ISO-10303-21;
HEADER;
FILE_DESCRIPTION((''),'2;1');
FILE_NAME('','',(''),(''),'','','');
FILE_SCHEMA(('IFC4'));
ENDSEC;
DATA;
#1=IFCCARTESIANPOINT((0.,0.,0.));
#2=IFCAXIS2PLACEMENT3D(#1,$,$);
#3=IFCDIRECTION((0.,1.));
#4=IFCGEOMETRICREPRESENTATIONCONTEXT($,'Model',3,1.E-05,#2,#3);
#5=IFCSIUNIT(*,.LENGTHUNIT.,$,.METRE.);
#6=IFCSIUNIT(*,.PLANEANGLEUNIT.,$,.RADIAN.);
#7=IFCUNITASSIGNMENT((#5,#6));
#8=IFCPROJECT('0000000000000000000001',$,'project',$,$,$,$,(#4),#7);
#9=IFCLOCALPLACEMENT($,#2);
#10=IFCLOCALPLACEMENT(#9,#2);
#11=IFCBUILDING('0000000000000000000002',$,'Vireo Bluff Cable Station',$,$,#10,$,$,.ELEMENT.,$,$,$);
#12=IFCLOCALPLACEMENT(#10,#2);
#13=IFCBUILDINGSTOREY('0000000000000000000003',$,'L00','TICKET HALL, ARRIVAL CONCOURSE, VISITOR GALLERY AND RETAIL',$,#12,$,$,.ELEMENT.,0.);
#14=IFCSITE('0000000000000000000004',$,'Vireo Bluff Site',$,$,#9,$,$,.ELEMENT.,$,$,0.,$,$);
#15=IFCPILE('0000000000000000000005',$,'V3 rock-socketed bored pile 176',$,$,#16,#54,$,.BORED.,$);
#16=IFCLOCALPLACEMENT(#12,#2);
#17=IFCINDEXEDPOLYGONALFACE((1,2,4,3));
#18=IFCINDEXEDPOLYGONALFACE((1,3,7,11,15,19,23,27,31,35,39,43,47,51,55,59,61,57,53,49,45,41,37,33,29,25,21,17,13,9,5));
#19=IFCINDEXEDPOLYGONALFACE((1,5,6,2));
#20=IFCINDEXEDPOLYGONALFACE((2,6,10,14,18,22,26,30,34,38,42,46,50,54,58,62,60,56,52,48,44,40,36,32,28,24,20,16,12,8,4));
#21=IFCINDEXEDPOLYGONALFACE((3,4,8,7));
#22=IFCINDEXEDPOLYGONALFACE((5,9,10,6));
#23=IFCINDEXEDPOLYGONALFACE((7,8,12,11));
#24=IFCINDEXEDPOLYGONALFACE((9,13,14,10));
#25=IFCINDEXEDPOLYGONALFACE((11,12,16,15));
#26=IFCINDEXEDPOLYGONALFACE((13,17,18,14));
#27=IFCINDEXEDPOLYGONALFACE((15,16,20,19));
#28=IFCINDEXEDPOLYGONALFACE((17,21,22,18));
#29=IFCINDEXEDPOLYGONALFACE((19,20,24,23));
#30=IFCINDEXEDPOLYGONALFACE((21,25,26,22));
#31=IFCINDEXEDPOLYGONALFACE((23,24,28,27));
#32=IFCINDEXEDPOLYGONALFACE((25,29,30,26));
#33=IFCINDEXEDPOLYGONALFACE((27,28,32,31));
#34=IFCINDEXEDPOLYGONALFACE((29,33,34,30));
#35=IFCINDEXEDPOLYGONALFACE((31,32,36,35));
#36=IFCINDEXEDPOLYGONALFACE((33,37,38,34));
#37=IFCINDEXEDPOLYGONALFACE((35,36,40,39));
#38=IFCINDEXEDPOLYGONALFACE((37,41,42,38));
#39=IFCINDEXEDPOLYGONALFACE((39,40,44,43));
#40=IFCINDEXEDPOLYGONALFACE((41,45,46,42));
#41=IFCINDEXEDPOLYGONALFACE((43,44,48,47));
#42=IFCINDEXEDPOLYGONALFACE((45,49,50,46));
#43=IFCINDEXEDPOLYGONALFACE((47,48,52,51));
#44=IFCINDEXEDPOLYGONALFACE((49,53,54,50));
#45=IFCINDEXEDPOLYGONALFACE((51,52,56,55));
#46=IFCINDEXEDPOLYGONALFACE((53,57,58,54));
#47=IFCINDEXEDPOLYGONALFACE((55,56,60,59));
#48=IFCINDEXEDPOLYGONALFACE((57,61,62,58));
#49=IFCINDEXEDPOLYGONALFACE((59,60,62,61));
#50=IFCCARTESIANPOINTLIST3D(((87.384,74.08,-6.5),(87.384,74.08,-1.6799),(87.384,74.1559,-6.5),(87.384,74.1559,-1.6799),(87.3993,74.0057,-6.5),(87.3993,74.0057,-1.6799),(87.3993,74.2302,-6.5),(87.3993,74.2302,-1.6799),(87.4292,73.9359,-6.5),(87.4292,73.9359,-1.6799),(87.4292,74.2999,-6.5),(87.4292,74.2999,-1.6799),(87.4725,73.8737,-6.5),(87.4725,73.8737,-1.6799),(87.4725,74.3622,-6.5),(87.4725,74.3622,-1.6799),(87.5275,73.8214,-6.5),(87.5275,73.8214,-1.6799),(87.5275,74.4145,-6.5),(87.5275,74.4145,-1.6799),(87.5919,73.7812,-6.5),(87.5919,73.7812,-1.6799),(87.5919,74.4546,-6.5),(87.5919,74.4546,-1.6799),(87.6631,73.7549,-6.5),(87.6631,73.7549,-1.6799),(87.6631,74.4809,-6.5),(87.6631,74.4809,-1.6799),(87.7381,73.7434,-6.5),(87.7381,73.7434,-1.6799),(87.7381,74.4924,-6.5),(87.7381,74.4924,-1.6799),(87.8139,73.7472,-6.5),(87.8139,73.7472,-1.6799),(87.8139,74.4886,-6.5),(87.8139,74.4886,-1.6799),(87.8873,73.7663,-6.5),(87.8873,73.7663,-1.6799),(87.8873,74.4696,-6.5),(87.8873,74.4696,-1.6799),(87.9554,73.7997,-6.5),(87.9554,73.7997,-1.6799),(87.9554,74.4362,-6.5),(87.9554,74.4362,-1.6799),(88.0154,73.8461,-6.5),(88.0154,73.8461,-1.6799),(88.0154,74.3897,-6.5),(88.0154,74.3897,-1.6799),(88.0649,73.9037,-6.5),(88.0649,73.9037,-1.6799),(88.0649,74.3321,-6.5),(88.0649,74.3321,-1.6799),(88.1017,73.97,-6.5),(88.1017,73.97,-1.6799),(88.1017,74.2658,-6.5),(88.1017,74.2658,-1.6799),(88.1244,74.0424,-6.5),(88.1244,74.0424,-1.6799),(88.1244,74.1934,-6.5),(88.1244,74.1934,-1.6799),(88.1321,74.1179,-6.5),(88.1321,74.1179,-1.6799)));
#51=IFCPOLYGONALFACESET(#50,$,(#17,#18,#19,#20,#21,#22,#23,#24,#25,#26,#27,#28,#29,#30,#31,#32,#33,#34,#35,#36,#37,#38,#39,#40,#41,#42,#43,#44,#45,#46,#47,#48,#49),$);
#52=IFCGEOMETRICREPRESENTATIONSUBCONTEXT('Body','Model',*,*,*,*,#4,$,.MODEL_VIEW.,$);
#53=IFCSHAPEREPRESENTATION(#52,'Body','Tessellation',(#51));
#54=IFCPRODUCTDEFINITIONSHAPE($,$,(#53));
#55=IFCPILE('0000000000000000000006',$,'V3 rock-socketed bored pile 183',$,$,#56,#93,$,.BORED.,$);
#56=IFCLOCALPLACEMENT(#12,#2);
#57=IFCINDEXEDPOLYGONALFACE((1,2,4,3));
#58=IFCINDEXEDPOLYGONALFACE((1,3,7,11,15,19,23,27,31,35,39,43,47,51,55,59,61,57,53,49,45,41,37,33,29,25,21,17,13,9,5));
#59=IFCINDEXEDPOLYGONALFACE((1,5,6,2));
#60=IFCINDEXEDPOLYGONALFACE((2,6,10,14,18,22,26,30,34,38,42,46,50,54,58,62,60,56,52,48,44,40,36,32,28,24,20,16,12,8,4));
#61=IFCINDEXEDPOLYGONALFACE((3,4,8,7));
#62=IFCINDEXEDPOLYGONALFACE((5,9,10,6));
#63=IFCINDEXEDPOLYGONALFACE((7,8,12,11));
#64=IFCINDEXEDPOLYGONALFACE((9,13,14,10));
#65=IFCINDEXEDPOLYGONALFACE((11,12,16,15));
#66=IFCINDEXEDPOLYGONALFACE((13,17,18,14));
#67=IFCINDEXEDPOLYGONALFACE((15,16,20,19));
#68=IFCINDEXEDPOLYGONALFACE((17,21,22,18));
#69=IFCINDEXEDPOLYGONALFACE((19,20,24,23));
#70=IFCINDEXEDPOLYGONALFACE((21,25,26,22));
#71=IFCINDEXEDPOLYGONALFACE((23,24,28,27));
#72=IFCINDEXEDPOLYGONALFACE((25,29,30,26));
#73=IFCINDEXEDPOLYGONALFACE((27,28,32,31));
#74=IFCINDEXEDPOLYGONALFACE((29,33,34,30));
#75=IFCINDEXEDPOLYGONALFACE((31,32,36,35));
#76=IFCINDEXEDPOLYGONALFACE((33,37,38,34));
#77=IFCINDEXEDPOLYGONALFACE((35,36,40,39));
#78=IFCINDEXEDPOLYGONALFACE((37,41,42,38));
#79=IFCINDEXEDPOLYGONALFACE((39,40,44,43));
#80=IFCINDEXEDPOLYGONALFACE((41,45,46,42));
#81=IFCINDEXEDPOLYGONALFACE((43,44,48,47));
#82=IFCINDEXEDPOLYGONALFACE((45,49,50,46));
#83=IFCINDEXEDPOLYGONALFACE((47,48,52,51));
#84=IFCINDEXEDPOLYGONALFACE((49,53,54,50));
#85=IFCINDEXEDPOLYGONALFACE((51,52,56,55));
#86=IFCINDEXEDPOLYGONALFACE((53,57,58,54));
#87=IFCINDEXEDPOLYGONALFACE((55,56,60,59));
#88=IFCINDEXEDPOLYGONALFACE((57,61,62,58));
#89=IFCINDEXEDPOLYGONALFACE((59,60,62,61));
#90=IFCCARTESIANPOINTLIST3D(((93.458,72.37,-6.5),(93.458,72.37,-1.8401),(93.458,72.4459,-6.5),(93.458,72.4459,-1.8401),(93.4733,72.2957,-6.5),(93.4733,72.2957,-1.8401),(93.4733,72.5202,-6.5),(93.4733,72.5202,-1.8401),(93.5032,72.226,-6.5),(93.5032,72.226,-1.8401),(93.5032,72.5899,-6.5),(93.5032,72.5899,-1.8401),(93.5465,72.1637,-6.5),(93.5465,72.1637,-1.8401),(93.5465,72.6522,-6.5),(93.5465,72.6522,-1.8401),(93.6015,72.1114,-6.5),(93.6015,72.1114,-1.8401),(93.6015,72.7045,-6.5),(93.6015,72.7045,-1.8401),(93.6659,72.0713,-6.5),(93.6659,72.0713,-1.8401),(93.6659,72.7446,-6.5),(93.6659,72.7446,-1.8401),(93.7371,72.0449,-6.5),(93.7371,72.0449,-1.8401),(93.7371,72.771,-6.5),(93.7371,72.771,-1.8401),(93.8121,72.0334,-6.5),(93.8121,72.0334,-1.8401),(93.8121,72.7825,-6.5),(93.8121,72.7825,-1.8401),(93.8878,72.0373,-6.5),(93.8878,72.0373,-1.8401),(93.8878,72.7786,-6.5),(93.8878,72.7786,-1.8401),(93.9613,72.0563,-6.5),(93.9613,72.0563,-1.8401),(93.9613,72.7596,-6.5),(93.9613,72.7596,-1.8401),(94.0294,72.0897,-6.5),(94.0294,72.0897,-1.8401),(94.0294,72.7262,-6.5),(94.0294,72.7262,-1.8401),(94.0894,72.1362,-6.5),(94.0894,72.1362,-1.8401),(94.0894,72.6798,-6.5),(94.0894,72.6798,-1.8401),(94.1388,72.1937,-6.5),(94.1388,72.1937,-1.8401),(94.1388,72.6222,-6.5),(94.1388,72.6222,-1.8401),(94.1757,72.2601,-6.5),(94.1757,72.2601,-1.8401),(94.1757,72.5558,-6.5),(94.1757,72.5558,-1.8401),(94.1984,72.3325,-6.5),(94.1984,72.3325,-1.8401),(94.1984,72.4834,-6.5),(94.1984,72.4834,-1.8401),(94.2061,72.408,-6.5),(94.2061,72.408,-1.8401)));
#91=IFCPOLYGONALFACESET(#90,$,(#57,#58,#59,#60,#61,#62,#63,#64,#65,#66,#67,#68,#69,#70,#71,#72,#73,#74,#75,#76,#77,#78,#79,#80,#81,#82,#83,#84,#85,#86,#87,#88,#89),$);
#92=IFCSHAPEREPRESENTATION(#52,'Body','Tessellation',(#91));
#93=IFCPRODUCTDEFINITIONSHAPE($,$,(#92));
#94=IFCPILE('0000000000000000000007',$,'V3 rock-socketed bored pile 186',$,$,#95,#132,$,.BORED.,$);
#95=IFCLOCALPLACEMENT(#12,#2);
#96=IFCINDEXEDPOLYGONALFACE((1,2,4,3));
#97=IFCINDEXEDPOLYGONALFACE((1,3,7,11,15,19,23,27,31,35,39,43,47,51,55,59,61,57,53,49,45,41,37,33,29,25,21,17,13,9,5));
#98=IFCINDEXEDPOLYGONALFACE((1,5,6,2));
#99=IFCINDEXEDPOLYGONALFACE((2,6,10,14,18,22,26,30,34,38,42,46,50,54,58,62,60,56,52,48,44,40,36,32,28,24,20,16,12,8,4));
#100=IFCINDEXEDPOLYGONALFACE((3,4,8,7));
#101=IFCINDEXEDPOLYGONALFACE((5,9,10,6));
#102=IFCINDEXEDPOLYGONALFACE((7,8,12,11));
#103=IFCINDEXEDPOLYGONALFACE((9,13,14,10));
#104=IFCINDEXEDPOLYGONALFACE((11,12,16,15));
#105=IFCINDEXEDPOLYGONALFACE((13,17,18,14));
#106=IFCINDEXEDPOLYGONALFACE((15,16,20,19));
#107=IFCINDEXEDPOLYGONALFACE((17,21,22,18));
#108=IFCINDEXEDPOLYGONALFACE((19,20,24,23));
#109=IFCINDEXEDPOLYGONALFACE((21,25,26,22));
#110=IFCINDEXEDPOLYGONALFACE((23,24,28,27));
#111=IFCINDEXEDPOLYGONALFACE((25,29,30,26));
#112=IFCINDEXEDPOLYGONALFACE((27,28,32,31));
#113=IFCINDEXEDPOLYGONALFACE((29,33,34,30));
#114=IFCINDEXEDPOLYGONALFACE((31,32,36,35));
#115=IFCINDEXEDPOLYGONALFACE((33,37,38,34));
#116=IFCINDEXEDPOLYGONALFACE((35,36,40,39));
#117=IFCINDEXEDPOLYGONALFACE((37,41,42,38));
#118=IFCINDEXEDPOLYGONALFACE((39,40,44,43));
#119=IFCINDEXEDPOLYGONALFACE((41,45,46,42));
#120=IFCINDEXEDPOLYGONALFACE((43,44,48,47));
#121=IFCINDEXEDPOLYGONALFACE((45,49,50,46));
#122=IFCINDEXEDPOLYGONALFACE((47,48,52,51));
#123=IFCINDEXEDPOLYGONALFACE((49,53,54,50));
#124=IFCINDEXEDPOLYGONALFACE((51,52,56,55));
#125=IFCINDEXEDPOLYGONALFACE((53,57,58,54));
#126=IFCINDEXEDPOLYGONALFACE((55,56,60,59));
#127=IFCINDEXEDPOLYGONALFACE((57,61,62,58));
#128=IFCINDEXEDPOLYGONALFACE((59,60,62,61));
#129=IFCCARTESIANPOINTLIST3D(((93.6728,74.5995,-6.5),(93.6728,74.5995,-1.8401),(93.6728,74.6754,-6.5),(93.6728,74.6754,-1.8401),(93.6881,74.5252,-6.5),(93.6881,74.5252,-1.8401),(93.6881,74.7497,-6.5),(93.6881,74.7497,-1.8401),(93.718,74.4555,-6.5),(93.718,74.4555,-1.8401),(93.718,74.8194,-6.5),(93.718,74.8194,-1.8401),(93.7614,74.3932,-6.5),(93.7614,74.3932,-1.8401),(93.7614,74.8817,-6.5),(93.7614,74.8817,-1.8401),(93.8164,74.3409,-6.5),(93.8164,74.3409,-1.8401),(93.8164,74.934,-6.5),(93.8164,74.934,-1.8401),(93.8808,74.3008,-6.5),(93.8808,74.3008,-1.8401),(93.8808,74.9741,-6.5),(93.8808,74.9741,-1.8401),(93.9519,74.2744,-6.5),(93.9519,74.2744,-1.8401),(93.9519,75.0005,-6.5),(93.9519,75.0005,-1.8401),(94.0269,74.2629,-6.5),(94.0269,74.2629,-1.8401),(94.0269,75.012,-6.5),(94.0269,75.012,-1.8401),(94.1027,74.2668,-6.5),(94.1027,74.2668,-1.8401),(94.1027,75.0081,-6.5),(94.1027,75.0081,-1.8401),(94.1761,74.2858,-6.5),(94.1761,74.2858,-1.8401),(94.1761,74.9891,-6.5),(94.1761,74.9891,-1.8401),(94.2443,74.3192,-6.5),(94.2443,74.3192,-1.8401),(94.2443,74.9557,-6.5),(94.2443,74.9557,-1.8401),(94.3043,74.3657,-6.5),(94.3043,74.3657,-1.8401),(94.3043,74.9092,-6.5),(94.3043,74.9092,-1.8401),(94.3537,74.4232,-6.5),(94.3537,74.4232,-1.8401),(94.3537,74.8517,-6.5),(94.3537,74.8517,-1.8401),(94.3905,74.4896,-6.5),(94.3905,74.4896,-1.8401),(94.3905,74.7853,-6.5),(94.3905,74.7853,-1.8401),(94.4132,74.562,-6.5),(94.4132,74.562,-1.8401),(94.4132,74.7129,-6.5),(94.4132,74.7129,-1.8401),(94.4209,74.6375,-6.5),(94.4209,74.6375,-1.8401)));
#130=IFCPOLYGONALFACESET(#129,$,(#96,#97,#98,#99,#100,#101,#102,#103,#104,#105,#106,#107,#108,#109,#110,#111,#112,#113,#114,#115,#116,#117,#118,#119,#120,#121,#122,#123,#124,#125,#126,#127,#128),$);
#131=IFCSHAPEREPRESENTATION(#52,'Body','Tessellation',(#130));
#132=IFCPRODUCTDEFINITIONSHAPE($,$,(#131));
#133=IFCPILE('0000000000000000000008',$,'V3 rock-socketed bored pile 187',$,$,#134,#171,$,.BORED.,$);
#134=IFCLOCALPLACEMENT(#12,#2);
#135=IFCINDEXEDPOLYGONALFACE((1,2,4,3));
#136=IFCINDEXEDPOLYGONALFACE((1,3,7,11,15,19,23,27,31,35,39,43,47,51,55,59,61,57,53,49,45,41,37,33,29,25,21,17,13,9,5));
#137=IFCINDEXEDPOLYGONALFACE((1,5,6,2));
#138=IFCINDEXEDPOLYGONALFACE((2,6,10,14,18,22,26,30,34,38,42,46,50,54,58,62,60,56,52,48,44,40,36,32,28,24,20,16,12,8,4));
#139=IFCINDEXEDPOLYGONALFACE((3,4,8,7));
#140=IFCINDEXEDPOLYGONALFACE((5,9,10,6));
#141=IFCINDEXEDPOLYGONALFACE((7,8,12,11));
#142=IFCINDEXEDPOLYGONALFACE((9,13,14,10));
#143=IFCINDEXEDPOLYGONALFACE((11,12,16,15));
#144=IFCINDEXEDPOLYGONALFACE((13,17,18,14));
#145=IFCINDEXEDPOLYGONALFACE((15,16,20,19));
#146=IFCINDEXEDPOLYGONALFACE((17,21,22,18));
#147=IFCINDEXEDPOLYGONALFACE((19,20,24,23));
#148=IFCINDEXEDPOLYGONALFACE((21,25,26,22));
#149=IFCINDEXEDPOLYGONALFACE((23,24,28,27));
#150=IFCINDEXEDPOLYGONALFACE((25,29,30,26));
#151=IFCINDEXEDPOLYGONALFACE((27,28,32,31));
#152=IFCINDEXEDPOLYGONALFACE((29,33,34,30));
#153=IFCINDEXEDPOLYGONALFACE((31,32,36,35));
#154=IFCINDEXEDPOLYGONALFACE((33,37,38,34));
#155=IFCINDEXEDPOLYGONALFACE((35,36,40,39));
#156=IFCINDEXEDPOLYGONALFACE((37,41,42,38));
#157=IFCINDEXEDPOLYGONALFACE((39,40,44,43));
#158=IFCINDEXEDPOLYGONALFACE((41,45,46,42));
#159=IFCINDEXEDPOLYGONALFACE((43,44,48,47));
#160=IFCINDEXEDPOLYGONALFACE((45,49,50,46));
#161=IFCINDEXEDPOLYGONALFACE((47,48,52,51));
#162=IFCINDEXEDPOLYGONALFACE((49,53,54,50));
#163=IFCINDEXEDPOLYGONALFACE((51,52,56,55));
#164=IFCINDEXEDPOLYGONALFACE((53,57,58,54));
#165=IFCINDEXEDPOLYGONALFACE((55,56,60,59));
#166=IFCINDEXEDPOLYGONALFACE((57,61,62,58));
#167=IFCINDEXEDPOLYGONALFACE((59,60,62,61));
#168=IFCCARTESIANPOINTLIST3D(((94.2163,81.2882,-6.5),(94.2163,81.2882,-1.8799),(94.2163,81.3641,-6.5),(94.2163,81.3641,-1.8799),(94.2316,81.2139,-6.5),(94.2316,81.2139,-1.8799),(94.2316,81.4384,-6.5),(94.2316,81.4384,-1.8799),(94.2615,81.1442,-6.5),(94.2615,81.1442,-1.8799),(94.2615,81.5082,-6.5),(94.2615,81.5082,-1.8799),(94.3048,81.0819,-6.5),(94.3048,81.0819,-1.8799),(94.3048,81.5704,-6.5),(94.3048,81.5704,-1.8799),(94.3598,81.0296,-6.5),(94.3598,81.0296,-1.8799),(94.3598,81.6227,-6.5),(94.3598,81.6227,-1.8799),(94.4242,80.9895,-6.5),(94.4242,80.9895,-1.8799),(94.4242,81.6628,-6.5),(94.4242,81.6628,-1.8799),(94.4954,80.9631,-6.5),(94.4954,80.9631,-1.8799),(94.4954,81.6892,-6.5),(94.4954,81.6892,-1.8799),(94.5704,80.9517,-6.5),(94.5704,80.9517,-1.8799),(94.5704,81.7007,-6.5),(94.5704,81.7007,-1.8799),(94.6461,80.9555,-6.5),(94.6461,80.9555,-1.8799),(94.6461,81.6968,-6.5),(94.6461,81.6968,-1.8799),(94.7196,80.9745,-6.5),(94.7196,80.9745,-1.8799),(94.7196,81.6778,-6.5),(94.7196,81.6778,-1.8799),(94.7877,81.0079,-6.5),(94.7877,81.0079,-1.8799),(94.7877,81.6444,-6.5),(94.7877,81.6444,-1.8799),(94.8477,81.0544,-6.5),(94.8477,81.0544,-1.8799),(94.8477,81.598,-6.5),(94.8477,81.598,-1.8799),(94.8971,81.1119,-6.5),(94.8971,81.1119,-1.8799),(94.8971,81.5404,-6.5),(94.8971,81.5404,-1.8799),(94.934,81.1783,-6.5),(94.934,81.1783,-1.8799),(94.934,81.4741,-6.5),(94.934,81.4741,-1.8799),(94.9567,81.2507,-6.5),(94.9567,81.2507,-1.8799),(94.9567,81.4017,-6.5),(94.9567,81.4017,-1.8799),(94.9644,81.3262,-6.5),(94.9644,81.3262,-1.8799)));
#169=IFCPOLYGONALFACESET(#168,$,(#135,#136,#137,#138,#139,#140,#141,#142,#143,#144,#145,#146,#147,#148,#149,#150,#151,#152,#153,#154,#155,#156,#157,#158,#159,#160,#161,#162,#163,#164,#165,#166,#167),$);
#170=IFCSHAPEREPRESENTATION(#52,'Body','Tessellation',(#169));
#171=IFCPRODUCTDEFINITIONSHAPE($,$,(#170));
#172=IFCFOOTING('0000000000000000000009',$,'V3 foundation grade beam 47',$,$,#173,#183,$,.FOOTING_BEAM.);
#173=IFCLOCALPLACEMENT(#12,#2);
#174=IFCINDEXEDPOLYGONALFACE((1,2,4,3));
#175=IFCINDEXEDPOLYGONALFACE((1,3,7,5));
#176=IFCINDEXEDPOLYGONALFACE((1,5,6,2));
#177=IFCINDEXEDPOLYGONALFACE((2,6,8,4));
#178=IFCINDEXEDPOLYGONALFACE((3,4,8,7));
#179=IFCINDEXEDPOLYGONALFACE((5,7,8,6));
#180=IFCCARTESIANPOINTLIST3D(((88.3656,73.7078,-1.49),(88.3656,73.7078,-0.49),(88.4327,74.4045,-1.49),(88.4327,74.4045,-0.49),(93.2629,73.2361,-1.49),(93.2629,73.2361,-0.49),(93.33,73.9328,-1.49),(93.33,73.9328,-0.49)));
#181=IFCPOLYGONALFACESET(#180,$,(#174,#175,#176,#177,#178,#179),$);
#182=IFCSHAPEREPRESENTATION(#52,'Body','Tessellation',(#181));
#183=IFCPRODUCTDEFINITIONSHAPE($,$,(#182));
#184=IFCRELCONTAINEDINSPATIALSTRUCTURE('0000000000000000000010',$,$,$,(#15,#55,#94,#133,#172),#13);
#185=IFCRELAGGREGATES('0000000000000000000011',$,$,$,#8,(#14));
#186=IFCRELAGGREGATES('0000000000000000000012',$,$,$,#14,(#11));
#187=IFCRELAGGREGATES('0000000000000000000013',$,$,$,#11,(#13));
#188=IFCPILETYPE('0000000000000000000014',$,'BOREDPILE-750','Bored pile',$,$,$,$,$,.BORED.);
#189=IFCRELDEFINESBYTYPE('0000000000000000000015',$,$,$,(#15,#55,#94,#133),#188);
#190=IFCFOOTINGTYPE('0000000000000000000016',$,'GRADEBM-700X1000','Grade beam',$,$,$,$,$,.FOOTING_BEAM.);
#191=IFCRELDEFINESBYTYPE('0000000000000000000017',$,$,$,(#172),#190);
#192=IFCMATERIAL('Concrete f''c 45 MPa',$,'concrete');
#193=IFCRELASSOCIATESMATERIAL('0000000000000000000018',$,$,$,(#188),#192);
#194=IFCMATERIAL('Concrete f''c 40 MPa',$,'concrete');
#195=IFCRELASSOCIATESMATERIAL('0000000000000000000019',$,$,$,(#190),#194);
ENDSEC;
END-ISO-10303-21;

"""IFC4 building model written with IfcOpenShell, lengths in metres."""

from ifc_helpers import new_model, si_unit, direction, frame, origin, origin_2d, place, context, subcontext, project, spatial, rectangle, circle, extrude, material, material_profile, profile_set, type_object, element, save


model = new_model("IFC4")

# Units and contexts
model_context = context("Model", 3, precision=1e-05, world=origin(), true_north=direction((0.0, 1.0)))
body_context = subcontext(model_context, "Body", "Model", "MODEL_VIEW")
ifc_project = project(units=[si_unit("LENGTHUNIT", "METRE"), si_unit("PLANEANGLEUNIT", "RADIAN")], contexts=[model_context])

# Site, building, storey
site_placement = place(None, origin())
site = spatial("IfcSite", under=ifc_project, at=site_placement, Name="Vireo Bluff Site", CompositionType="ELEMENT", RefElevation=0.0)
building_placement = place(site_placement, origin())
building = spatial("IfcBuilding", under=site, at=building_placement, Name="Vireo Bluff Cable Station", CompositionType="ELEMENT")
storey_placement = place(building_placement, origin())
storey = spatial("IfcBuildingStorey", under=building, at=storey_placement, Name="L00", Description="TICKET HALL, ARRIVAL CONCOURSE, VISITOR GALLERY AND RETAIL", CompositionType="ELEMENT", Elevation=0.0)

# Piles
ifc_material_1 = material(Name="Concrete f'c 45 MPa", Category="concrete")
ifc_material_profile_1 = material_profile(ifc_material_1, circle(Radius=0.375, at=origin_2d()), Name="BOREDPILE-750")
ifc_profile_set_1 = profile_set([ifc_material_profile_1], Name="Concrete f'c 45 MPa")
pile_type = type_object("IfcPileType", Name="BOREDPILE-750", Description="Bored pile", PredefinedType="BORED", material=ifc_profile_set_1)
pile_1_placement = place(storey_placement, frame((87.7571, 74.1179, -1.6799), z_axis=(0.0, 0.0, -1.0), x_axis=(1.0, 0.0, 0.0)))
element("IfcPile", 1, at=pile_1_placement, inside=storey, type_object=pile_type, Name="V3 rock-socketed bored pile 176", PredefinedType="BORED", context=body_context, shape_type="SweptSolid", body=[
    extrude(circle(Radius=0.375, at=origin_2d()), origin(), (0.0, 0.0, 1.0), 4.8201),
])
for number, where, z_axis, x_axis, name in (
    (2, (93.8311, 72.408, -1.8401), (0.0, 0.0, -1.0), (1.0, 0.0, 0.0), "V3 rock-socketed bored pile 183"),
    (3, (94.0459, 74.6375, -1.8401), (0.0, 0.0, -1.0), (1.0, 0.0, 0.0), "V3 rock-socketed bored pile 186"),
):
    element("IfcPile", number, at=place(storey_placement, frame(where, z_axis=z_axis, x_axis=x_axis)), inside=storey, type_object=pile_type, Name=name, PredefinedType="BORED", context=body_context, shape_type="SweptSolid", body=[
        extrude(circle(Radius=0.375, at=origin_2d()), origin(), (0.0, 0.0, 1.0), 4.6599),
    ])
pile_2_placement = place(storey_placement, frame((94.5894, 81.3262, -1.8799), z_axis=(0.0, 0.0, -1.0), x_axis=(1.0, 0.0, 0.0)))
element("IfcPile", 4, at=pile_2_placement, inside=storey, type_object=pile_type, Name="V3 rock-socketed bored pile 187", PredefinedType="BORED", context=body_context, shape_type="SweptSolid", body=[
    extrude(circle(Radius=0.375, at=origin_2d()), origin(), (0.0, 0.0, 1.0), 4.6201),
])

# Footing
ifc_material_2 = material(Name="Concrete f'c 40 MPa", Category="concrete")
ifc_material_profile_2 = material_profile(ifc_material_2, rectangle(XDim=0.7, YDim=1.0, at=origin_2d()), Name="GRADEBM-700X1000")
ifc_profile_set_2 = profile_set([ifc_material_profile_2], Name="Concrete f'c 40 MPa")
footing_type = type_object("IfcFootingType", Name="GRADEBM-700X1000", Description="Grade beam", PredefinedType="FOOTING_BEAM", material=ifc_profile_set_2)
footing_placement = place(storey_placement, frame((88.3992, 74.0562, -0.99), z_axis=(0.995394, -0.095872, 0.0), x_axis=(0.095872, 0.995394, 0.0)))
element("IfcFooting", 5, at=footing_placement, inside=storey, type_object=footing_type, Name="V3 foundation grade beam 47", PredefinedType="FOOTING_BEAM", context=body_context, shape_type="SweptSolid", body=[
    extrude(rectangle(XDim=0.7, YDim=1.0, at=origin_2d()), origin(), (0.0, 0.0, 1.0), 4.9199),
])

save(model, "model.ifc")
